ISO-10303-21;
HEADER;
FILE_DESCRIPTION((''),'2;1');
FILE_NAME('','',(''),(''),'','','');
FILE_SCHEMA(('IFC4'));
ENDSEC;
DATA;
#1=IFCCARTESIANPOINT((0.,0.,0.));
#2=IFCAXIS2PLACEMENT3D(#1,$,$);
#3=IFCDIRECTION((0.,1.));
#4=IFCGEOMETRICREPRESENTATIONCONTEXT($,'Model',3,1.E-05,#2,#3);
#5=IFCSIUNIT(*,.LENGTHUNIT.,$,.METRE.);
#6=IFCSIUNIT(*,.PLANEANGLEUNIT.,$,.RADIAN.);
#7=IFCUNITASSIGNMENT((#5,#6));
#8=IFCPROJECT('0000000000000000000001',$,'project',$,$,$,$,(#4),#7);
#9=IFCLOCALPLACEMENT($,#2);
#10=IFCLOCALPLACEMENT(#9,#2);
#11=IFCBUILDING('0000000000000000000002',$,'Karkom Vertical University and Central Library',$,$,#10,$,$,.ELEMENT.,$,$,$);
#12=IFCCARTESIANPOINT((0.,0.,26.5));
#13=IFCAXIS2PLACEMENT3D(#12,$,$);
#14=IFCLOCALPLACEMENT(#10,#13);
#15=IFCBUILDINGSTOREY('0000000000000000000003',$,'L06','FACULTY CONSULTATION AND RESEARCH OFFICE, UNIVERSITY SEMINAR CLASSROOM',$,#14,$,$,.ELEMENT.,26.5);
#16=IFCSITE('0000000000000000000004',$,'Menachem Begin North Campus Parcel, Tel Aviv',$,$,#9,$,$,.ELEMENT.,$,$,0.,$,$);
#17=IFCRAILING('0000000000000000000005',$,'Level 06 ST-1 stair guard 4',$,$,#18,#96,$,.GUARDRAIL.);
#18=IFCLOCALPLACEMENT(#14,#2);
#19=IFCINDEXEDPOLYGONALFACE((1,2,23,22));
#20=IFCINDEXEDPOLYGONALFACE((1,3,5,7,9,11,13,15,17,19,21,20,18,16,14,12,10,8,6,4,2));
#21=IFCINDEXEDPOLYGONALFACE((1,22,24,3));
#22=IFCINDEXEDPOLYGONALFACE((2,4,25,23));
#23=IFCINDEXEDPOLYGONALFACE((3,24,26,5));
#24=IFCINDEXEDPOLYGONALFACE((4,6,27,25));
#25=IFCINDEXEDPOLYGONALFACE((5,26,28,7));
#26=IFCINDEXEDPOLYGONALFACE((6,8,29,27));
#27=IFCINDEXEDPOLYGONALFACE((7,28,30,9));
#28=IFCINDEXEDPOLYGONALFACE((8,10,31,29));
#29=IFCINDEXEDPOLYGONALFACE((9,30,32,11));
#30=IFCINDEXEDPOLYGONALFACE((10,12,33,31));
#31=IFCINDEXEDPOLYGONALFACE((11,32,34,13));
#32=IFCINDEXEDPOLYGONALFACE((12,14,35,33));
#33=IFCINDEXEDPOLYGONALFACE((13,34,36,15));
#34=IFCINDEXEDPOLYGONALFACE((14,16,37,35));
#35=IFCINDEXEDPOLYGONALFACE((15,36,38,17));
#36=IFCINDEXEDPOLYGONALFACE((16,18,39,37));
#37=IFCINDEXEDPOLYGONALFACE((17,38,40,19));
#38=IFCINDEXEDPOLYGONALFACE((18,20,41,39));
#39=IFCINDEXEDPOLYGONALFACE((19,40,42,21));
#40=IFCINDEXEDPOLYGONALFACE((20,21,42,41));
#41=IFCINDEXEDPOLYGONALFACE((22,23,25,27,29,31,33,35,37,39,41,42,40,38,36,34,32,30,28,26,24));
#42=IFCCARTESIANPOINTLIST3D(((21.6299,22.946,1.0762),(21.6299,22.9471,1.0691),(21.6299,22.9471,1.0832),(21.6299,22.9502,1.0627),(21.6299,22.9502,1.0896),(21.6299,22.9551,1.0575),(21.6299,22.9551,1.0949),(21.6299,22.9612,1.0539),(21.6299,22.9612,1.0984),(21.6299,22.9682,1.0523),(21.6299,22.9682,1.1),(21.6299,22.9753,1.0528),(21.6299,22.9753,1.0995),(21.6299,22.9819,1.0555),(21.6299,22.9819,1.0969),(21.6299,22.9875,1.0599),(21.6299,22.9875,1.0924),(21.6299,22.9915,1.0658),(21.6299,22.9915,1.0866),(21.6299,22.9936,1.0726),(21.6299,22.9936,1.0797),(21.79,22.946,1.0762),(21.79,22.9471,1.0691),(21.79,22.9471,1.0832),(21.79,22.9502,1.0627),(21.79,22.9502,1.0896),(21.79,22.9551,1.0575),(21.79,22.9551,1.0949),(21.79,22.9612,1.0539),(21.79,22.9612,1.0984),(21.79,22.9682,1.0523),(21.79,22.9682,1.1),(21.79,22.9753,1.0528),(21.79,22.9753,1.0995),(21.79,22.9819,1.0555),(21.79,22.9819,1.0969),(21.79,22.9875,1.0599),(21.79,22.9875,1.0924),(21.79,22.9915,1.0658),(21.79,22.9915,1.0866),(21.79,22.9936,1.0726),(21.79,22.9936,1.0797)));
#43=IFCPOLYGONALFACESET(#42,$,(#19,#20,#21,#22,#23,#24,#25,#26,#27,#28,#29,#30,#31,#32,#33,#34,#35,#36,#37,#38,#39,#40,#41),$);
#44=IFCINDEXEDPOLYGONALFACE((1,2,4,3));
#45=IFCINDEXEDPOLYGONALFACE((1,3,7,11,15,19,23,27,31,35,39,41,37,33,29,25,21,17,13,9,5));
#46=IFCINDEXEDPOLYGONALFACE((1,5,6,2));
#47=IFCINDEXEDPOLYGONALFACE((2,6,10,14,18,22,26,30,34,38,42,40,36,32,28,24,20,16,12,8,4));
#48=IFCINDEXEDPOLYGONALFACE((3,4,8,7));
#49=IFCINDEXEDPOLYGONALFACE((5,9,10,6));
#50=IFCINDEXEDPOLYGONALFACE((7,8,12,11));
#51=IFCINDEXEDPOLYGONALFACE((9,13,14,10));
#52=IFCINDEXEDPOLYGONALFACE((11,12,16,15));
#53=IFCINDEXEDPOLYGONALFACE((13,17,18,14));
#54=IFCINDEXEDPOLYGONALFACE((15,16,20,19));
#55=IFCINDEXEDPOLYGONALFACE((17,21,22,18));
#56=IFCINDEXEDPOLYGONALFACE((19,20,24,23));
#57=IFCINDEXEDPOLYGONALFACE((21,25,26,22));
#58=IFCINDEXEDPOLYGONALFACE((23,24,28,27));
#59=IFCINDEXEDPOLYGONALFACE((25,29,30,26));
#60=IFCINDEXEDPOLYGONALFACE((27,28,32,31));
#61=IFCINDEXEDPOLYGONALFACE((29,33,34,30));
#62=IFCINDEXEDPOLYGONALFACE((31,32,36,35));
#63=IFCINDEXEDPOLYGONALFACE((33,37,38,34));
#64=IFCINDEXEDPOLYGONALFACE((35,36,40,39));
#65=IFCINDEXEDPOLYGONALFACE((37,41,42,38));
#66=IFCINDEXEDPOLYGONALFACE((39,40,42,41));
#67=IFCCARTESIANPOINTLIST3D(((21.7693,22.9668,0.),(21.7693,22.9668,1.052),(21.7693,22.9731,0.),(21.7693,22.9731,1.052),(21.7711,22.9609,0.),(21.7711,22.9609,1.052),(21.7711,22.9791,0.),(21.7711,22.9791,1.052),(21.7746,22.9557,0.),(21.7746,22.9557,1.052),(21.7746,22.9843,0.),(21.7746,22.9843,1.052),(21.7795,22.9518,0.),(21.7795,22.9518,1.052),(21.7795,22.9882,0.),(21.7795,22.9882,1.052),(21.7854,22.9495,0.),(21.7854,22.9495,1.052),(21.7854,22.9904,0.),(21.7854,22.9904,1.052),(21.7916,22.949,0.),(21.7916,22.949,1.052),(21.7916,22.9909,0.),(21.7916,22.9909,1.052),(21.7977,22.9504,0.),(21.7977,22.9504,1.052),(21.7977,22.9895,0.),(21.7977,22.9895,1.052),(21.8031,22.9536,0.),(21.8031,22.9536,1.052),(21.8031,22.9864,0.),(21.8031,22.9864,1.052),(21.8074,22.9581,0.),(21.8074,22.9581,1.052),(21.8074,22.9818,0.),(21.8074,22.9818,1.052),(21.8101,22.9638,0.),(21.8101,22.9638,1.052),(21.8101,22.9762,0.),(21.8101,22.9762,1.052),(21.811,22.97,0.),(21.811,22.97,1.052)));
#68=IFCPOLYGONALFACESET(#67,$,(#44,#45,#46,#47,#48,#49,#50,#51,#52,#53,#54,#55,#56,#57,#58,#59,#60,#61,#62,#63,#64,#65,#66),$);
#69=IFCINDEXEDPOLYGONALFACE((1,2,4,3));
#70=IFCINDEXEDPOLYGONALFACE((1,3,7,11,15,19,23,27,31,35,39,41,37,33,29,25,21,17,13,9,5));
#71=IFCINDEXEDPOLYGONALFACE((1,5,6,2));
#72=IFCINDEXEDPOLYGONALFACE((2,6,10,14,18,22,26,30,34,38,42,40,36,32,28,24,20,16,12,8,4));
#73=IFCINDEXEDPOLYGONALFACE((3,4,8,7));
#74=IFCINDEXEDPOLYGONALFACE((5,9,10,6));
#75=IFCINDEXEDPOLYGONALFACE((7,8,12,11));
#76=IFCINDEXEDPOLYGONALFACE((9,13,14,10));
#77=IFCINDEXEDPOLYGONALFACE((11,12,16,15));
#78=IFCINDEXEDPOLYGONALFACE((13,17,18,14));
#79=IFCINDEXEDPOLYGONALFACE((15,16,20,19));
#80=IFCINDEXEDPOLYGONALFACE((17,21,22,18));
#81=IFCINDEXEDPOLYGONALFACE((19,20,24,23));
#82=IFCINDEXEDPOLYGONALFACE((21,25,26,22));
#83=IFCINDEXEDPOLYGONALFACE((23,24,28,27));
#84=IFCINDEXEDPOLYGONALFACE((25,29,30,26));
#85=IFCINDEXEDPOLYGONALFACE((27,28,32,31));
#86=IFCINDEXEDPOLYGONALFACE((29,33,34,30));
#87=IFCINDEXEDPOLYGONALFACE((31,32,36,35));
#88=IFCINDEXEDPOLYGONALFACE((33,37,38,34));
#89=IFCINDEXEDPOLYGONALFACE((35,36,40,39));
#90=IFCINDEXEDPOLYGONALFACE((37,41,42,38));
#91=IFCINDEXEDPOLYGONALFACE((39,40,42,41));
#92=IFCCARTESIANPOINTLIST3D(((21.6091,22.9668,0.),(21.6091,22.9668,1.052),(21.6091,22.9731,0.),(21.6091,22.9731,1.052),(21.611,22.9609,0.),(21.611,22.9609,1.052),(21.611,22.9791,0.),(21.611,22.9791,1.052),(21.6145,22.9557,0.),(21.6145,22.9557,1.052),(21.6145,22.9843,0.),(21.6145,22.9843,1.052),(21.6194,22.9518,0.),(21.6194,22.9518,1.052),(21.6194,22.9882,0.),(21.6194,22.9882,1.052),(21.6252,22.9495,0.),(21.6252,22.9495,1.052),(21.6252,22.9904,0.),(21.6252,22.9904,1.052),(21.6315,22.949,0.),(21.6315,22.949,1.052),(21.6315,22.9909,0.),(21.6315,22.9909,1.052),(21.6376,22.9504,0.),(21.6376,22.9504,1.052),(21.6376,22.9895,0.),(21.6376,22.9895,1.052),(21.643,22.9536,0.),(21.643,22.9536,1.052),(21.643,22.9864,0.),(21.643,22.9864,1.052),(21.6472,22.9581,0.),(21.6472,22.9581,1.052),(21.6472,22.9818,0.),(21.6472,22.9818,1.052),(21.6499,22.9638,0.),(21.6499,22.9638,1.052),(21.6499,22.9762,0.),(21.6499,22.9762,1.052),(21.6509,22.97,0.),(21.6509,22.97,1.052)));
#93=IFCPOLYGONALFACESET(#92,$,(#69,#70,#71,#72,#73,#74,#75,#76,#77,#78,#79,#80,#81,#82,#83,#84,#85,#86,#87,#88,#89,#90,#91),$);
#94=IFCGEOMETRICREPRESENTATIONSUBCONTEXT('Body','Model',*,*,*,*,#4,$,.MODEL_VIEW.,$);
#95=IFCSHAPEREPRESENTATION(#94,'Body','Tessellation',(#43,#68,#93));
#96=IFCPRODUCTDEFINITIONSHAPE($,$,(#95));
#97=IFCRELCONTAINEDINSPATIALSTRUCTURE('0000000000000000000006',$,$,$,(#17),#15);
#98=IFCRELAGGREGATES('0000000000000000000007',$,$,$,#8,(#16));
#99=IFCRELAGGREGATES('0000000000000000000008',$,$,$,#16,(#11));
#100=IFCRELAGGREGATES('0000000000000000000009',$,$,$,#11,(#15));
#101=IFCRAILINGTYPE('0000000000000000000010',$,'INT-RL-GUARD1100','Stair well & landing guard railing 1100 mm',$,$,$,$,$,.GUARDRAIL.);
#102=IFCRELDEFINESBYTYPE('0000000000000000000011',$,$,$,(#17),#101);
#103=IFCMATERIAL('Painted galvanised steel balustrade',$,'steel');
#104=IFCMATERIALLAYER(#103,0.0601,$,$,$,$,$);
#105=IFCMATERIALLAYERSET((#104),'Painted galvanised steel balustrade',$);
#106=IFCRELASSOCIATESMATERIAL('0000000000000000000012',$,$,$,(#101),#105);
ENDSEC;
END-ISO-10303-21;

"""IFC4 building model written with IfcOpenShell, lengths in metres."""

from ifc_helpers import new_model, si_unit, direction, frame, origin, origin_2d, place, context, subcontext, project, spatial, circle, extrude, material, layer, layer_set, type_object, element, save


model = new_model("IFC4")

# Units and contexts
model_context = context("Model", 3, precision=1e-05, world=origin(), true_north=direction((0.0, 1.0)))
body_context = subcontext(model_context, "Body", "Model", "MODEL_VIEW")
ifc_project = project(units=[si_unit("LENGTHUNIT", "METRE"), si_unit("PLANEANGLEUNIT", "RADIAN")], contexts=[model_context])

# Site, building, storey
site_placement = place(None, origin())
site = spatial("IfcSite", under=ifc_project, at=site_placement, Name="Menachem Begin North Campus Parcel, Tel Aviv", CompositionType="ELEMENT", RefElevation=0.0)
building_placement = place(site_placement, origin())
building = spatial("IfcBuilding", under=site, at=building_placement, Name="Karkom Vertical University and Central Library", CompositionType="ELEMENT")
storey_placement = place(building_placement, frame((0.0, 0.0, 26.5)))
storey = spatial("IfcBuildingStorey", under=building, at=storey_placement, Name="L06", Description="FACULTY CONSULTATION AND RESEARCH OFFICE, UNIVERSITY SEMINAR CLASSROOM", CompositionType="ELEMENT", Elevation=26.5)

# Railing
ifc_material_1 = material(Name="Painted galvanised steel balustrade", Category="steel")
ifc_layer_1 = layer(ifc_material_1, 0.0601)
ifc_layer_set_1 = layer_set([ifc_layer_1], Name="Painted galvanised steel balustrade")
railing_type_1 = type_object("IfcRailingType", Name="INT-RL-GUARD1100", Description="Stair well & landing guard railing 1100 mm", PredefinedType="GUARDRAIL", material=ifc_layer_set_1)
railing_1_placement = place(storey_placement, frame((21.79, 22.97, 0.0)))
element("IfcRailing", 1, at=railing_1_placement, inside=storey, type_object=railing_type_1, Name="Level 06 ST-1 stair guard 4", PredefinedType="GUARDRAIL", context=body_context, shape_type="SweptSolid", body=[
    extrude(circle(Radius=0.0239, at=origin_2d()), frame((0.0, 0.0, 1.0762), z_axis=(-1.0, 0.0, 0.0), x_axis=(0.0, -1.0, 0.0)), (0.0, 0.0, 1.0), 0.1602),
    extrude(circle(Radius=0.021, at=origin_2d()), origin(), (0.0, 0.0, 1.0), 1.052),
    extrude(circle(Radius=0.021, at=origin_2d()), frame((-0.1602, 0.0, 0.0)), (0.0, 0.0, 1.0), 1.052),
])

save(model, "model.ifc")
